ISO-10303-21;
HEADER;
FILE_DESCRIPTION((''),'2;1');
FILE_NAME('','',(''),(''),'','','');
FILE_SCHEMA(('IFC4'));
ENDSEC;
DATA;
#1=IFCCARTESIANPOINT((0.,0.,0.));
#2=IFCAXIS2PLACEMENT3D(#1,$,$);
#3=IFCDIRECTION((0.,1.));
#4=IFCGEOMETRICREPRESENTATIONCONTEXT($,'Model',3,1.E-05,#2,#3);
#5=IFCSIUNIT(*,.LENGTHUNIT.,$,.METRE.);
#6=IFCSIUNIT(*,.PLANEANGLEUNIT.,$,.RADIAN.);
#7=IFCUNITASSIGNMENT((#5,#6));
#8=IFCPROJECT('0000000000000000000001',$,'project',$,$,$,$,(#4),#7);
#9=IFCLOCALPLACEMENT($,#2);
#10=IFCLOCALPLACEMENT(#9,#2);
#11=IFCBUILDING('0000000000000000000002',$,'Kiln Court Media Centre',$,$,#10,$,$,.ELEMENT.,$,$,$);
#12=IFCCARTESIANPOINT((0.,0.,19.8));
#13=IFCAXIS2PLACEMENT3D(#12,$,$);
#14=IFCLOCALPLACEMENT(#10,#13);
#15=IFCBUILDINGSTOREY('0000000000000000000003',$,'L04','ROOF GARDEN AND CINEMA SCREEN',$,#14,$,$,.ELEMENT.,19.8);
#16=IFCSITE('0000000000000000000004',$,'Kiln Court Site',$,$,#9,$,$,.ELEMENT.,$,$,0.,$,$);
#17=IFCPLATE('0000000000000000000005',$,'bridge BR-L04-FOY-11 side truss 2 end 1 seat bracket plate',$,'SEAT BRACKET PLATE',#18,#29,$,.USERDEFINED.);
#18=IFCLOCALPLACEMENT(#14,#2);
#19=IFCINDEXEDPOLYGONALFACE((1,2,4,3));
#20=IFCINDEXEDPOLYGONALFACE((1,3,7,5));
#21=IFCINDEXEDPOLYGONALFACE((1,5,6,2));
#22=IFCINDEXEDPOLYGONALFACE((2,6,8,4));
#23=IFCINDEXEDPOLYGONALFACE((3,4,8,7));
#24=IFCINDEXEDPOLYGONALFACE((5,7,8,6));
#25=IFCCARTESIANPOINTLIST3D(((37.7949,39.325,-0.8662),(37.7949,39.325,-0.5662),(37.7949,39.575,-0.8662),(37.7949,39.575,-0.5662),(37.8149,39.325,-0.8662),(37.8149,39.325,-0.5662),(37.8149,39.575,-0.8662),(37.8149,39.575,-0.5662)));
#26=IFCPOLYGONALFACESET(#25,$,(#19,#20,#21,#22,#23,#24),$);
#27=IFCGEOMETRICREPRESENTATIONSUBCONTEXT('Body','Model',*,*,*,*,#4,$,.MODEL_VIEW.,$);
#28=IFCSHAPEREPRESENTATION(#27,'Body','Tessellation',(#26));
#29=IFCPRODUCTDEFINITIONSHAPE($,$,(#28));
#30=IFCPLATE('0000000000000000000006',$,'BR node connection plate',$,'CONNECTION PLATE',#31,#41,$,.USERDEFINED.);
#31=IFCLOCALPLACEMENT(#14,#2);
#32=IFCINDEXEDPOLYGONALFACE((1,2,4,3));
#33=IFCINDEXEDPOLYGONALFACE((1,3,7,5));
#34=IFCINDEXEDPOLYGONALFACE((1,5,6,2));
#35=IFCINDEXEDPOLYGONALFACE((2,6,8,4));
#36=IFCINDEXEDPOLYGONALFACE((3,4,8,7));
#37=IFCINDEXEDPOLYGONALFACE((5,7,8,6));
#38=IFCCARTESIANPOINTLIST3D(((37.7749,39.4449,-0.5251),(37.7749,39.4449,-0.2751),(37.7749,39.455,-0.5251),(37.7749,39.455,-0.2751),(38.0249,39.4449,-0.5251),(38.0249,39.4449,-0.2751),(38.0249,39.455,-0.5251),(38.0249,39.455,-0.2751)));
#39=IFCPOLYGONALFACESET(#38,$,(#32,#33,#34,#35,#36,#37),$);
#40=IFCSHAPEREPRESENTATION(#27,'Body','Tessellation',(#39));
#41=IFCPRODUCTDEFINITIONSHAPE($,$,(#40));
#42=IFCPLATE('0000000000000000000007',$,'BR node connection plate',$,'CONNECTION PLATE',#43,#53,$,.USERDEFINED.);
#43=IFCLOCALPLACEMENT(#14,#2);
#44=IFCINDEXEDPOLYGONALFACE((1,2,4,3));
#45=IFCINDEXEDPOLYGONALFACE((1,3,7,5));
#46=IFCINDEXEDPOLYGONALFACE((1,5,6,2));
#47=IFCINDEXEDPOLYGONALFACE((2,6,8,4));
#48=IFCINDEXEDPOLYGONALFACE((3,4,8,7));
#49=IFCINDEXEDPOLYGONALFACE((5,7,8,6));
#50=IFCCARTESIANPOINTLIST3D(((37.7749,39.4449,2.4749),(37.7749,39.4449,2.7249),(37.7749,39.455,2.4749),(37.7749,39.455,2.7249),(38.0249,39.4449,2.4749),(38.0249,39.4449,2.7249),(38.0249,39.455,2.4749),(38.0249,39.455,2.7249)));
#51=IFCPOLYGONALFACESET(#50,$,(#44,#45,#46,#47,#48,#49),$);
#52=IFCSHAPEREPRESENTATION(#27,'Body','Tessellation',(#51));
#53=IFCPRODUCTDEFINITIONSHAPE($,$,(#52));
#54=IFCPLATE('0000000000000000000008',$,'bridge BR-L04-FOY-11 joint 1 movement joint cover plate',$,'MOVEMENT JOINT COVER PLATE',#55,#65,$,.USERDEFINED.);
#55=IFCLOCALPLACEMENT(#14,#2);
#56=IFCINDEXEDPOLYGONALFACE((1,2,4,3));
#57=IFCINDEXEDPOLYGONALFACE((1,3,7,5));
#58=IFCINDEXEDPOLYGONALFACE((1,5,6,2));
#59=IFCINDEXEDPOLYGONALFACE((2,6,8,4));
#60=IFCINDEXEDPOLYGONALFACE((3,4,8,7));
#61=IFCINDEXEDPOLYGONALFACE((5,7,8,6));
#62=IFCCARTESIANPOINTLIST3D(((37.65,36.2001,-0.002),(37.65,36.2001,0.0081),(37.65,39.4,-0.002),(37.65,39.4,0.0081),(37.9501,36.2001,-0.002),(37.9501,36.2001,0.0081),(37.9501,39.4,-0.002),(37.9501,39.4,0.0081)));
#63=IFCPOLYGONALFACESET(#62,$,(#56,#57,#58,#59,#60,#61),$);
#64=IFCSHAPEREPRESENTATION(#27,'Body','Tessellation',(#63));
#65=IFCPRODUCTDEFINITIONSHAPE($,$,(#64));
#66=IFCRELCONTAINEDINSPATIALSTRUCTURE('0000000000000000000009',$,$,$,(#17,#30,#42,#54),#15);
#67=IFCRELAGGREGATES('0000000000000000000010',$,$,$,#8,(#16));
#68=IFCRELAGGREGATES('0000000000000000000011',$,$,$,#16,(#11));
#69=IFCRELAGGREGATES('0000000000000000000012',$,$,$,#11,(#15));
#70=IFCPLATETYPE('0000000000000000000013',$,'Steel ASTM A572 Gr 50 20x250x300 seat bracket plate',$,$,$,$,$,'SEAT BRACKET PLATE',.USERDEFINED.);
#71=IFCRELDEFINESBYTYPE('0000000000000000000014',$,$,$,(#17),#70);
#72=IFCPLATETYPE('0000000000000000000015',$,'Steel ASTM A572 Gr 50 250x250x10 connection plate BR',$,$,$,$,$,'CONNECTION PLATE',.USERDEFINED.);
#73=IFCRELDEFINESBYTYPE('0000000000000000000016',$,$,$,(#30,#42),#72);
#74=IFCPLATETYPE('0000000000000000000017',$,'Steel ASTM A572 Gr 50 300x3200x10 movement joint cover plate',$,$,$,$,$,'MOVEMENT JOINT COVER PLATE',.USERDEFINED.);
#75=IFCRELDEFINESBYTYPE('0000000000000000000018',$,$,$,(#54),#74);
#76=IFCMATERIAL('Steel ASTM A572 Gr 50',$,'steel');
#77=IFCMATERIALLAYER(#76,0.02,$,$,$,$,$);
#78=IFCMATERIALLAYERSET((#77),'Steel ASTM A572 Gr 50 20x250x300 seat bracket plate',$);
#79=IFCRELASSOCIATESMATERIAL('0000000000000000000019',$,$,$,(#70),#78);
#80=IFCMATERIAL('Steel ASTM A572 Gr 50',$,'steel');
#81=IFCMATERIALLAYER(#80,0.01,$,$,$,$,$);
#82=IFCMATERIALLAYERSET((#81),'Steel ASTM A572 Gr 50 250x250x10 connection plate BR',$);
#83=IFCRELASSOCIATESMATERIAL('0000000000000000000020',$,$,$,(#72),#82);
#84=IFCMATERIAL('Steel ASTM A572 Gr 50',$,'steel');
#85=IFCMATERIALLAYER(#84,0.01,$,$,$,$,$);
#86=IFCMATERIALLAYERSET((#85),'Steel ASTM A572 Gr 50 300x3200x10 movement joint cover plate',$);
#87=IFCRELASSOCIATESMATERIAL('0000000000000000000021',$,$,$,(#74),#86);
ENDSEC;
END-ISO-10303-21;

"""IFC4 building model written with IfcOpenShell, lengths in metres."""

from ifc_helpers import new_model, si_unit, direction, frame, origin, origin_2d, place, context, subcontext, project, spatial, rectangle, extrude, material, layer, layer_set, type_object, element, save


model = new_model("IFC4")

# Units and contexts
model_context = context("Model", 3, precision=1e-05, world=origin(), true_north=direction((0.0, 1.0)))
body_context = subcontext(model_context, "Body", "Model", "MODEL_VIEW")
ifc_project = project(units=[si_unit("LENGTHUNIT", "METRE"), si_unit("PLANEANGLEUNIT", "RADIAN")], contexts=[model_context])

# Site, building, storey
site_placement = place(None, origin())
site = spatial("IfcSite", under=ifc_project, at=site_placement, Name="Kiln Court Site", CompositionType="ELEMENT", RefElevation=0.0)
building_placement = place(site_placement, origin())
building = spatial("IfcBuilding", under=site, at=building_placement, Name="Kiln Court Media Centre", CompositionType="ELEMENT")
storey_placement = place(building_placement, frame((0.0, 0.0, 19.8)))
storey = spatial("IfcBuildingStorey", under=building, at=storey_placement, Name="L04", Description="ROOF GARDEN AND CINEMA SCREEN", CompositionType="ELEMENT", Elevation=19.8)

# Plates
ifc_material_1 = material(Name="Steel ASTM A572 Gr 50", Category="steel")
ifc_layer_1 = layer(ifc_material_1, 0.02)
ifc_layer_set_1 = layer_set([ifc_layer_1], Name="Steel ASTM A572 Gr 50 20x250x300 seat bracket plate")
plate_type_1 = type_object("IfcPlateType", Name="Steel ASTM A572 Gr 50 20x250x300 seat bracket plate", ElementType="SEAT BRACKET PLATE", PredefinedType="USERDEFINED", material=ifc_layer_set_1)
plate_1_placement = place(storey_placement, frame((37.8049, 39.45, -0.8662), z_axis=(0.0, 0.0, 1.0), x_axis=(1.0, 0.0, 0.0)))
element("IfcPlate", 1, at=plate_1_placement, inside=storey, type_object=plate_type_1, Name="bridge BR-L04-FOY-11 side truss 2 end 1 seat bracket plate", ObjectType="SEAT BRACKET PLATE", PredefinedType="USERDEFINED", context=body_context, shape_type="SweptSolid", body=[
    extrude(rectangle(XDim=0.02, YDim=0.25, at=origin_2d()), origin(), (0.0, 0.0, 1.0), 0.3),
])
ifc_material_2 = material(Name="Steel ASTM A572 Gr 50", Category="steel")
ifc_layer_2 = layer(ifc_material_2, 0.01)
ifc_layer_set_2 = layer_set([ifc_layer_2], Name="Steel ASTM A572 Gr 50 250x250x10 connection plate BR")
plate_type_2 = type_object("IfcPlateType", Name="Steel ASTM A572 Gr 50 250x250x10 connection plate BR", ElementType="CONNECTION PLATE", PredefinedType="USERDEFINED", material=ifc_layer_set_2)
for number, where, z_axis, x_axis, name in (
    (2, (37.8999, 39.45, -0.5251), (0.0, 0.0, 1.0), (1.0, 0.0, 0.0), "BR node connection plate"),
    (3, (37.8999, 39.45, 2.4749), (0.0, 0.0, 1.0), (1.0, 0.0, 0.0), "BR node connection plate"),
):
    element("IfcPlate", number, at=place(storey_placement, frame(where, z_axis=z_axis, x_axis=x_axis)), inside=storey, type_object=plate_type_2, Name=name, ObjectType="CONNECTION PLATE", PredefinedType="USERDEFINED", context=body_context, shape_type="SweptSolid", body=[
        extrude(rectangle(XDim=0.25, YDim=0.01, at=origin_2d()), origin(), (0.0, 0.0, 1.0), 0.25),
    ])
ifc_material_3 = material(Name="Steel ASTM A572 Gr 50", Category="steel")
ifc_layer_3 = layer(ifc_material_3, 0.01)
ifc_layer_set_3 = layer_set([ifc_layer_3], Name="Steel ASTM A572 Gr 50 300x3200x10 movement joint cover plate")
plate_type_3 = type_object("IfcPlateType", Name="Steel ASTM A572 Gr 50 300x3200x10 movement joint cover plate", ElementType="MOVEMENT JOINT COVER PLATE", PredefinedType="USERDEFINED", material=ifc_layer_set_3)
plate_2_placement = place(storey_placement, frame((37.8, 37.8, -0.002), z_axis=(0.0, 0.0, 1.0), x_axis=(1.0, 0.0, 0.0)))
element("IfcPlate", 4, at=plate_2_placement, inside=storey, type_object=plate_type_3, Name="bridge BR-L04-FOY-11 joint 1 movement joint cover plate", ObjectType="MOVEMENT JOINT COVER PLATE", PredefinedType="USERDEFINED", context=body_context, shape_type="SweptSolid", body=[
    extrude(rectangle(XDim=0.3, YDim=3.2, at=origin_2d()), origin(), (0.0, 0.0, 1.0), 0.01),
])

save(model, "model.ifc")
